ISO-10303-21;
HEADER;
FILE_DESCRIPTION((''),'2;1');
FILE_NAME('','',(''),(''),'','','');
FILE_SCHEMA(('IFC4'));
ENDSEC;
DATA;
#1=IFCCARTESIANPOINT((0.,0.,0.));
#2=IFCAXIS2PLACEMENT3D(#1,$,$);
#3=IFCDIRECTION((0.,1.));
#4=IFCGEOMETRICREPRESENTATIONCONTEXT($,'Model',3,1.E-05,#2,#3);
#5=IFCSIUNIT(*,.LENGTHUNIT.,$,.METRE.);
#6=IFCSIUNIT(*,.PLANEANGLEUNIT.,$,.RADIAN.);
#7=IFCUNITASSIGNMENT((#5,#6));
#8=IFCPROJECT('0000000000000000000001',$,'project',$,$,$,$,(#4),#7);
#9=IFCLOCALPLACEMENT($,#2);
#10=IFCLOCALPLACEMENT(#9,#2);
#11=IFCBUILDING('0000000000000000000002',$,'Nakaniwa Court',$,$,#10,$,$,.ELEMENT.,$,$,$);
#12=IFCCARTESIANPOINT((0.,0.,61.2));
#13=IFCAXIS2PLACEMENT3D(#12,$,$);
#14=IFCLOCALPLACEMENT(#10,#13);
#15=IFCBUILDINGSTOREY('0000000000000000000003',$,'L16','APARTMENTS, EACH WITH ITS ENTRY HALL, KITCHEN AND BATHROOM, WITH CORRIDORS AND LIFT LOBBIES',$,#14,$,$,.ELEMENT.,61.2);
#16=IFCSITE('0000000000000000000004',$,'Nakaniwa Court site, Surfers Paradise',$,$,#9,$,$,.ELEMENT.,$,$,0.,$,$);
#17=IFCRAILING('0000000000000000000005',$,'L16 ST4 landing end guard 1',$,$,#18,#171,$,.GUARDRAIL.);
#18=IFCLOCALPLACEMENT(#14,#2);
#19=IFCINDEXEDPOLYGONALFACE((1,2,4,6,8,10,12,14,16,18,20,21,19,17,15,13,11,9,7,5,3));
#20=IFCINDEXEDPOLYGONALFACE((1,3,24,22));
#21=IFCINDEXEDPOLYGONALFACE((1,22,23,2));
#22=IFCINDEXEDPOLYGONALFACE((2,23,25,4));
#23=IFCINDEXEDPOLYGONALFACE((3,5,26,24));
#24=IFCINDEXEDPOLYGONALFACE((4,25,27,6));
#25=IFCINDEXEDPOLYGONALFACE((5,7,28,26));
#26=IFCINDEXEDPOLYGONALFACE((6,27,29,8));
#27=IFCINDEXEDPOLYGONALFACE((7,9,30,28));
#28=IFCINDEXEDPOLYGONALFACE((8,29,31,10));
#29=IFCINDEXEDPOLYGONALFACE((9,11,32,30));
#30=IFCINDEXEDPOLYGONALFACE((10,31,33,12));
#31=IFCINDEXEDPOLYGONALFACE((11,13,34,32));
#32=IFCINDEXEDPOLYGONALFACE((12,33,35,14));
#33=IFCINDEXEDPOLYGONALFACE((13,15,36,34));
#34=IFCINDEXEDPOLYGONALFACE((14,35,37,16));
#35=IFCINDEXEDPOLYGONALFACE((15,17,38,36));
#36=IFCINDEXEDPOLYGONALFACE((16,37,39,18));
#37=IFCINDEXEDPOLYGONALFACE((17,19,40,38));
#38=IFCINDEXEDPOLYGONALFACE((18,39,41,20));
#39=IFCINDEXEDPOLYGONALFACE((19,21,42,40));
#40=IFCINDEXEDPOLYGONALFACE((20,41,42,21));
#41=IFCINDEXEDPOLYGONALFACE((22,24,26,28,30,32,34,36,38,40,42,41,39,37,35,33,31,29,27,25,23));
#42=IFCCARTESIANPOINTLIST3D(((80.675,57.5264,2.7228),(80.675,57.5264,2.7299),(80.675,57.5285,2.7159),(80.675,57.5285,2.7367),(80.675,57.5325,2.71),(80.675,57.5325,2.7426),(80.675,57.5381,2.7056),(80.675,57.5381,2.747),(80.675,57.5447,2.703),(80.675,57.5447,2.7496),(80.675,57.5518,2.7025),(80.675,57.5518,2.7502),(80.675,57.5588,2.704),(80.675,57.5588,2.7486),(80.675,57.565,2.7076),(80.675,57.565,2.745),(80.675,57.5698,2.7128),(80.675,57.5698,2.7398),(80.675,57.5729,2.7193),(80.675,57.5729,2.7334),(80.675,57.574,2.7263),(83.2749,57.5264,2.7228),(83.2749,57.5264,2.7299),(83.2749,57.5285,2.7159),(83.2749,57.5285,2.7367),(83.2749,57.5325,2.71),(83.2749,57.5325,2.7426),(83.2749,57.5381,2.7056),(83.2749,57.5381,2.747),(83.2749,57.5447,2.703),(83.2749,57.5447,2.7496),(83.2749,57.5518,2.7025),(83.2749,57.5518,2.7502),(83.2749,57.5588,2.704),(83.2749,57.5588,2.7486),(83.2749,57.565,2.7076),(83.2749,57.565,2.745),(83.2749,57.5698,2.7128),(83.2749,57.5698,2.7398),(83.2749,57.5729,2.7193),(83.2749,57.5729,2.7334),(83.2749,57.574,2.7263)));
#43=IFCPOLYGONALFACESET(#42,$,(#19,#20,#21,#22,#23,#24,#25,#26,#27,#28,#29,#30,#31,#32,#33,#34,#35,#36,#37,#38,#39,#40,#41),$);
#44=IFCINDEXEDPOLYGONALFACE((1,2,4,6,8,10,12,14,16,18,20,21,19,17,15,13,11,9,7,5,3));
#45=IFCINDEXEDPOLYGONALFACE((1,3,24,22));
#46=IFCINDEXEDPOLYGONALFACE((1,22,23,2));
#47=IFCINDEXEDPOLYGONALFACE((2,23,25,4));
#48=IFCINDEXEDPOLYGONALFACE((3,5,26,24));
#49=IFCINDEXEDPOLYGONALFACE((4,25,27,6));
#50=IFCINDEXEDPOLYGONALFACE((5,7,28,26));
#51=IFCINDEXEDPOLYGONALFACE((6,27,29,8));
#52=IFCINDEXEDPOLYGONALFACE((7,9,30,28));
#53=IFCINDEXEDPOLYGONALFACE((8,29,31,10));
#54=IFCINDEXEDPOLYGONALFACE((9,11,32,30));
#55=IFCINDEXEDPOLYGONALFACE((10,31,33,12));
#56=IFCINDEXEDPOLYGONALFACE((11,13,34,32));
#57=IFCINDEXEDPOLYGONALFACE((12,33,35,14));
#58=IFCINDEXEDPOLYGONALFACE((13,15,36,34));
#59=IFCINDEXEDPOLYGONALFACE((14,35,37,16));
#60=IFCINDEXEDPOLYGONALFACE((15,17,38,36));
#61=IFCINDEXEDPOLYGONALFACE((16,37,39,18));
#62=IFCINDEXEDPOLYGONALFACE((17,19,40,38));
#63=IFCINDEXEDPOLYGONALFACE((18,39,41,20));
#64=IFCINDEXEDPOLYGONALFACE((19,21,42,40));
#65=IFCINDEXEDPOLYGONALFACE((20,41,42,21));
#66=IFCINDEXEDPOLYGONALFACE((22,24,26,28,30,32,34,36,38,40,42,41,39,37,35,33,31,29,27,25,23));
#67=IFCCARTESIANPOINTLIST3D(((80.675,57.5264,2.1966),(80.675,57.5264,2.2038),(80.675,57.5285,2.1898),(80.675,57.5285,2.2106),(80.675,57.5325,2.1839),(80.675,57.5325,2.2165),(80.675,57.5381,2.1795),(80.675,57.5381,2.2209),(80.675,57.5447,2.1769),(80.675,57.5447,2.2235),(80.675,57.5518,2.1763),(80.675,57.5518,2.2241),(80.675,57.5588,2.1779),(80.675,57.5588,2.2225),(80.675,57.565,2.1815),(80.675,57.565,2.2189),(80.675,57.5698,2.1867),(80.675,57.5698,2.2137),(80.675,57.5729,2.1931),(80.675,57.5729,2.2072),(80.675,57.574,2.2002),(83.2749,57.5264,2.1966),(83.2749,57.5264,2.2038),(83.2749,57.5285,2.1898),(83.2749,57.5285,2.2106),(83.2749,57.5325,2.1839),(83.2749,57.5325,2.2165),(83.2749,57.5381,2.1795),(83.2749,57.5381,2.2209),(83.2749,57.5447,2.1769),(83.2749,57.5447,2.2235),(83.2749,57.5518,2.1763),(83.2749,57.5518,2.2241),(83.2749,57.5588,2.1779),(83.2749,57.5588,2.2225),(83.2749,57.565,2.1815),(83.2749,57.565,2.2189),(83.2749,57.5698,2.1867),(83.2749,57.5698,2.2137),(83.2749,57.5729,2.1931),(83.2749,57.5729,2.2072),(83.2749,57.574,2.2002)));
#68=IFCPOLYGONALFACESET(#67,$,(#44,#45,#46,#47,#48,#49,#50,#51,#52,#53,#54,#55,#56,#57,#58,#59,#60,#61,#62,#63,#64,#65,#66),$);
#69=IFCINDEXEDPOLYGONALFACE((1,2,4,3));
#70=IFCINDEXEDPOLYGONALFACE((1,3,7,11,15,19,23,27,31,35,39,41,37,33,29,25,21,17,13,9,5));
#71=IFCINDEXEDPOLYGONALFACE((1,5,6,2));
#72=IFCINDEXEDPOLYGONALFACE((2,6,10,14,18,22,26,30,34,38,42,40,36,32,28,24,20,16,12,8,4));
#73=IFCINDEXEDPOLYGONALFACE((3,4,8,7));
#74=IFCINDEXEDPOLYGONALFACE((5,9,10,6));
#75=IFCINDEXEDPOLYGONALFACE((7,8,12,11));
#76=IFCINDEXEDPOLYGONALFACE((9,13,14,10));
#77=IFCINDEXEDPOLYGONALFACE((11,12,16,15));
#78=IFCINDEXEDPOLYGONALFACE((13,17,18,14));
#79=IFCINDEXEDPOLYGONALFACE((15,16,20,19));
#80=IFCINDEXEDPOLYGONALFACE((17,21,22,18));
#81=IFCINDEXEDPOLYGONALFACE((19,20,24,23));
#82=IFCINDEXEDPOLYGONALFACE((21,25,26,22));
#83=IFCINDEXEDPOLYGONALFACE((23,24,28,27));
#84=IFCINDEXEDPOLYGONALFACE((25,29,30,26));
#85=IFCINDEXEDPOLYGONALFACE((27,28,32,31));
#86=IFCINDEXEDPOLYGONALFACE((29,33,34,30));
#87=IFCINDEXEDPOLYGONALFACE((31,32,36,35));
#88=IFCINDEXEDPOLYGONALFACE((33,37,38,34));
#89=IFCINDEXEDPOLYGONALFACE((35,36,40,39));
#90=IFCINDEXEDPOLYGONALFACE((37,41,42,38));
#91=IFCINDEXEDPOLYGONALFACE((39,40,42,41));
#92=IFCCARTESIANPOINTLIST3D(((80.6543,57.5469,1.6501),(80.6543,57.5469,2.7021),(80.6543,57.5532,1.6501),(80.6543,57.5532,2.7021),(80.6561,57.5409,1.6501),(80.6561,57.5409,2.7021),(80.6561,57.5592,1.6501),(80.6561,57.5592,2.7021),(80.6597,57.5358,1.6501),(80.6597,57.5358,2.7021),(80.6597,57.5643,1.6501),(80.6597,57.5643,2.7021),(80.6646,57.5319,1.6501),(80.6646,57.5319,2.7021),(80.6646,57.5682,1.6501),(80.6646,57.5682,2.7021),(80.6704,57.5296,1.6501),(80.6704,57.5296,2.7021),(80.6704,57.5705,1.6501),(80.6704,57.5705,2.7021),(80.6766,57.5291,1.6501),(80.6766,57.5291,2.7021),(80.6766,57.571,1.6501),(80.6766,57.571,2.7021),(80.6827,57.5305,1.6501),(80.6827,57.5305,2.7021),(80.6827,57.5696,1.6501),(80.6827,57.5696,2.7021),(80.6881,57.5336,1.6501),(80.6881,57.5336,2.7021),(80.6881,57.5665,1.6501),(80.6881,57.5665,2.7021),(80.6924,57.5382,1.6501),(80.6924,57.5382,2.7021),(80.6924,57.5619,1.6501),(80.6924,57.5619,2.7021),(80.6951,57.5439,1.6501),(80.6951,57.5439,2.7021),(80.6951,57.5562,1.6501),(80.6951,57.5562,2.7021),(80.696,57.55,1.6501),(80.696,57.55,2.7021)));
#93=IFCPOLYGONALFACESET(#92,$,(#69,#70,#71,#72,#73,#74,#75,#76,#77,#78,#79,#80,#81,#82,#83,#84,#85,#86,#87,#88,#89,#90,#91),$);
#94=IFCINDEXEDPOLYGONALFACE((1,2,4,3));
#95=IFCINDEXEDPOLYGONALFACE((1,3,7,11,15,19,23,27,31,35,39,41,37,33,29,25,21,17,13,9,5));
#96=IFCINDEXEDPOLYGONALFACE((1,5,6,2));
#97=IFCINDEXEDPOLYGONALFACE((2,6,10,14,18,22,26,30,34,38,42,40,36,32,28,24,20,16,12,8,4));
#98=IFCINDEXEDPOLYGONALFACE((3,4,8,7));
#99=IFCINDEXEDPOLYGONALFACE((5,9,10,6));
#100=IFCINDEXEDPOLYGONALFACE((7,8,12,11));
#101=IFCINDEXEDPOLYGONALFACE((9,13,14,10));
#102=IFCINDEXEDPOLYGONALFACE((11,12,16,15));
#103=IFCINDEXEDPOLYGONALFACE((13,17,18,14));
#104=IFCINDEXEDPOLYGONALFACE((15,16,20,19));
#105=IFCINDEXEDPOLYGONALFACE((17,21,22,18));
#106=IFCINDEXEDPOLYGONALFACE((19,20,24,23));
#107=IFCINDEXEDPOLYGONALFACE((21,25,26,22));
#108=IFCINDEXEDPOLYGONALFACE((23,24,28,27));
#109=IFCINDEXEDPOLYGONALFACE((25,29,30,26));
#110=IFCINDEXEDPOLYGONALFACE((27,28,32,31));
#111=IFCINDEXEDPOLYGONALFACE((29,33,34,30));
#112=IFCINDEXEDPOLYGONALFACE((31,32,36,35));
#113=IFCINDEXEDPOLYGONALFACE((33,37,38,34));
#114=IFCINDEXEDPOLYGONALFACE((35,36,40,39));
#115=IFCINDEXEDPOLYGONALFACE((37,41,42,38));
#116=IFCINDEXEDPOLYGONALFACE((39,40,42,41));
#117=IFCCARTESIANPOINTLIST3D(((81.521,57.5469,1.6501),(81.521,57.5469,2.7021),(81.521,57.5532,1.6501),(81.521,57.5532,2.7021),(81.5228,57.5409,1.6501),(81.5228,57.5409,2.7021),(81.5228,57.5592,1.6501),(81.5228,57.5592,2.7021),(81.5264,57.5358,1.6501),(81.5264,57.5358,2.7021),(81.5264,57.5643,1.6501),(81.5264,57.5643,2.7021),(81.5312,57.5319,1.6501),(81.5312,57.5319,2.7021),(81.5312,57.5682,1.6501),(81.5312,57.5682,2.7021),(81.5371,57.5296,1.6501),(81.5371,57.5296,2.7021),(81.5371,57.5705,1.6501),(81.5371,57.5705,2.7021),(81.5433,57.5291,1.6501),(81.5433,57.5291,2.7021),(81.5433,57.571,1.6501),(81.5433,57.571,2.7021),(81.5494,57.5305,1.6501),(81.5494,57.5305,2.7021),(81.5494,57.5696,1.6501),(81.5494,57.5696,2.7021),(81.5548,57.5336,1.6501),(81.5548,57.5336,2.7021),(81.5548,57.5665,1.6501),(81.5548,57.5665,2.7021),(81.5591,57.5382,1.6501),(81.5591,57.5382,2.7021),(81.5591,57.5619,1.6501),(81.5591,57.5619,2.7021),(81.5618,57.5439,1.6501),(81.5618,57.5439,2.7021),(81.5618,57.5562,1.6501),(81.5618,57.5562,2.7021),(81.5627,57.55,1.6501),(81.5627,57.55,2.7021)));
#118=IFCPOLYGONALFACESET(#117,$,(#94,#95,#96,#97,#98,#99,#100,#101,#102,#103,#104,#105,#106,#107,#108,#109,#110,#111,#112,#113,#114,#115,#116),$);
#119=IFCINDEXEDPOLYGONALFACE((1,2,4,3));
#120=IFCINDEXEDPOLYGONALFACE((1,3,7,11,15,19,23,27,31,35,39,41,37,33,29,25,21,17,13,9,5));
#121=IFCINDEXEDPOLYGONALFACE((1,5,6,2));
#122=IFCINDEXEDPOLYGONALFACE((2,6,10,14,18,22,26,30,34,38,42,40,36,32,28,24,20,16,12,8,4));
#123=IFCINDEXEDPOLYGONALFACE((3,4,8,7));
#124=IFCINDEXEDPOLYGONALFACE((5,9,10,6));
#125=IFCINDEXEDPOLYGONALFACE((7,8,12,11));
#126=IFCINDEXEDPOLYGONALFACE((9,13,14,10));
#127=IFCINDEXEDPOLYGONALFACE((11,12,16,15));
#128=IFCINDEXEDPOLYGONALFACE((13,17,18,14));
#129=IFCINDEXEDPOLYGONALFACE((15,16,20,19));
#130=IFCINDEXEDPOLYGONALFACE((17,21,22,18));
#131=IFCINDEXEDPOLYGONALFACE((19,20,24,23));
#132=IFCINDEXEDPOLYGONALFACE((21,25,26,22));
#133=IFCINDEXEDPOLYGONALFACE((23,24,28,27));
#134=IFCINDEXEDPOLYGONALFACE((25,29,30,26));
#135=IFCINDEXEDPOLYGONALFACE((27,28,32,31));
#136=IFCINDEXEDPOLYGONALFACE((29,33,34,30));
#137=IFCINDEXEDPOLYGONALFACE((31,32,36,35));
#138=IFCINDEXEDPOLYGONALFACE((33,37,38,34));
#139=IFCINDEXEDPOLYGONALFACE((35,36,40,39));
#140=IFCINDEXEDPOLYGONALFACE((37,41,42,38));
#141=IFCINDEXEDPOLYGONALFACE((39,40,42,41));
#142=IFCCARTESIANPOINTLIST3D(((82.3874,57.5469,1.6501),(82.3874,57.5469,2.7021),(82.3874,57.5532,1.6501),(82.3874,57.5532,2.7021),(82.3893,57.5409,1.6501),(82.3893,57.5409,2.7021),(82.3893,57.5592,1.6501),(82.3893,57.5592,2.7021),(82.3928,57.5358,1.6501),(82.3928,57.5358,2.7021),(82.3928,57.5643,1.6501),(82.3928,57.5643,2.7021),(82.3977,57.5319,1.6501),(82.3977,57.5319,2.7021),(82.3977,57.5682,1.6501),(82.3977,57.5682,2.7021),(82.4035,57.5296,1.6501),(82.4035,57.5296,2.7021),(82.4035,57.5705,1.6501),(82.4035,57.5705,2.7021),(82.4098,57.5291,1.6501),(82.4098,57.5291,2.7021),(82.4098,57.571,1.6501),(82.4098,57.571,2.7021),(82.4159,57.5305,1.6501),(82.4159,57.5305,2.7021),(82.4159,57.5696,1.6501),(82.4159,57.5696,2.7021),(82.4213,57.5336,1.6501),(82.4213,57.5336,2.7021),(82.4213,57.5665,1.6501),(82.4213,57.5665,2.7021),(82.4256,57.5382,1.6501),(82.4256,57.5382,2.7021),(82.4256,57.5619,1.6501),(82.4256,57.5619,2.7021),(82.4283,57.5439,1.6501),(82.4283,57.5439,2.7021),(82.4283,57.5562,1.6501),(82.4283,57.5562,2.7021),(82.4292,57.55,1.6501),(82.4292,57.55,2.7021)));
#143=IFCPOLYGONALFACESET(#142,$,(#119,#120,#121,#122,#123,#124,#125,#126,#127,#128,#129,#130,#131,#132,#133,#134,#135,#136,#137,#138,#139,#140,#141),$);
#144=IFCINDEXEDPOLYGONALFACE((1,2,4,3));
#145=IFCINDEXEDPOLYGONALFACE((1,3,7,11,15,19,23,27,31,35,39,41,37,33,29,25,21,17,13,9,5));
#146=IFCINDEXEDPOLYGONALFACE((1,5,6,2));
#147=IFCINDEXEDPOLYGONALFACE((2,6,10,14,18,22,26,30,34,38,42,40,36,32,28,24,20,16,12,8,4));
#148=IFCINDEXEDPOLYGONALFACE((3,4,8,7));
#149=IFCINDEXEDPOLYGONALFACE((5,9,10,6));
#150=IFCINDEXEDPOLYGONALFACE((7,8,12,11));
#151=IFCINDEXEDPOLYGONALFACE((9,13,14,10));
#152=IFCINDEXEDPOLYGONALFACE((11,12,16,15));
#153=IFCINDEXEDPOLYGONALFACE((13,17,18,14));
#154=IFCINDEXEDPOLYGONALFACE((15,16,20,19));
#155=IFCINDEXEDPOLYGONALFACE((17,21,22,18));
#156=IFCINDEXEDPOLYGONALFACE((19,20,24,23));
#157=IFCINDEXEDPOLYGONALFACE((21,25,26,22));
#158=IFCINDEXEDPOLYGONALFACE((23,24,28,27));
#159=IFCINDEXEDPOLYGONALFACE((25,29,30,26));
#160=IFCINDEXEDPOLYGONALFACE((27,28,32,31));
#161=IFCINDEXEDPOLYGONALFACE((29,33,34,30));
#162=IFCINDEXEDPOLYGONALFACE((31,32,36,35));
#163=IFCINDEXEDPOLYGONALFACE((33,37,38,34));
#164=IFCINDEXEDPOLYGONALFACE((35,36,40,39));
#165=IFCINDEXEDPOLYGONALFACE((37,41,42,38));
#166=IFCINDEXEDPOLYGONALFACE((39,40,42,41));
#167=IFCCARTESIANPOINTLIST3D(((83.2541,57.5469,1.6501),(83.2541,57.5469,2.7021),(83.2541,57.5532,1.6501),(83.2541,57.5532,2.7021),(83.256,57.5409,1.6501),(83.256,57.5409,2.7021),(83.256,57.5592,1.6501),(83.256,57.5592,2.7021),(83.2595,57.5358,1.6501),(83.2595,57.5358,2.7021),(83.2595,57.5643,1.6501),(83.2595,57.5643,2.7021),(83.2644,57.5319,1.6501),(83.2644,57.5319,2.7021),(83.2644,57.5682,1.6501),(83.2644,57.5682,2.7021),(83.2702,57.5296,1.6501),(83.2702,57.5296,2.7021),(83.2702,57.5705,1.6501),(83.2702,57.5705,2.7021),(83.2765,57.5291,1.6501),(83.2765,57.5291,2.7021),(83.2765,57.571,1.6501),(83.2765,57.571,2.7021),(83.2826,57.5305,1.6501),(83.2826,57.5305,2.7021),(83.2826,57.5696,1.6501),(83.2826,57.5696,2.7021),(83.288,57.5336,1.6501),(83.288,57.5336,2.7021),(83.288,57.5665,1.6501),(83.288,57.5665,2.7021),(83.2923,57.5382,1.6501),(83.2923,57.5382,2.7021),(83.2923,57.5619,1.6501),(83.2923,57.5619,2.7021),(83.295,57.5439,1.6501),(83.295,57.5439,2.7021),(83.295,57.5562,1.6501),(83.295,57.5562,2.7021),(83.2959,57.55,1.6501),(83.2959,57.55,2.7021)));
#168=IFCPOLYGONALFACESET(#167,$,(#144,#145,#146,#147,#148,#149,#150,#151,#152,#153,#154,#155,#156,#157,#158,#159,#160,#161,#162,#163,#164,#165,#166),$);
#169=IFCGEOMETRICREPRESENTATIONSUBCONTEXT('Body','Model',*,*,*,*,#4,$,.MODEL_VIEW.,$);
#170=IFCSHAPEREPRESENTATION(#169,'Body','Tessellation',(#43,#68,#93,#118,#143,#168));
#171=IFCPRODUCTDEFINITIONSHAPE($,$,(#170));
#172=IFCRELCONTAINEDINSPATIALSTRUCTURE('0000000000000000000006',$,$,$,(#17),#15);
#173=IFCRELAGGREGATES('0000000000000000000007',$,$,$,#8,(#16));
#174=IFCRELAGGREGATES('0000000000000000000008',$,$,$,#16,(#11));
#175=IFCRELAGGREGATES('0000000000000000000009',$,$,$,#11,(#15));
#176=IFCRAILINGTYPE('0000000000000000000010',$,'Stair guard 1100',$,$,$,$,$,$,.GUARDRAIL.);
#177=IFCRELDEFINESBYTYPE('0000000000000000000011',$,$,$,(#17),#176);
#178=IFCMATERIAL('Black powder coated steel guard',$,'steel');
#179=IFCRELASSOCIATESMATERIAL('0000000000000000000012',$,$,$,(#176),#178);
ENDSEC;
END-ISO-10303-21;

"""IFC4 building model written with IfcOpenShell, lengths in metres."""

from ifc_helpers import new_model, si_unit, direction, frame, origin, origin_2d, place, context, subcontext, project, spatial, circle, extrude, material, type_object, element, save


model = new_model("IFC4")

# Units and contexts
model_context = context("Model", 3, precision=1e-05, world=origin(), true_north=direction((0.0, 1.0)))
body_context = subcontext(model_context, "Body", "Model", "MODEL_VIEW")
ifc_project = project(units=[si_unit("LENGTHUNIT", "METRE"), si_unit("PLANEANGLEUNIT", "RADIAN")], contexts=[model_context])

# Site, building, storey
site_placement = place(None, origin())
site = spatial("IfcSite", under=ifc_project, at=site_placement, Name="Nakaniwa Court site, Surfers Paradise", CompositionType="ELEMENT", RefElevation=0.0)
building_placement = place(site_placement, origin())
building = spatial("IfcBuilding", under=site, at=building_placement, Name="Nakaniwa Court", CompositionType="ELEMENT")
storey_placement = place(building_placement, frame((0.0, 0.0, 61.2)))
storey = spatial("IfcBuildingStorey", under=building, at=storey_placement, Name="L16", Description="APARTMENTS, EACH WITH ITS ENTRY HALL, KITCHEN AND BATHROOM, WITH CORRIDORS AND LIFT LOBBIES", CompositionType="ELEMENT", Elevation=61.2)

# Railing
ifc_material_1 = material(Name="Black powder coated steel guard", Category="steel")
railing_type_1 = type_object("IfcRailingType", Name="Stair guard 1100", PredefinedType="GUARDRAIL", material=ifc_material_1)
railing_1_placement = place(storey_placement, frame((80.675, 57.55, 1.6501)))
element("IfcRailing", 1, at=railing_1_placement, inside=storey, type_object=railing_type_1, Name="L16 ST4 landing end guard 1", PredefinedType="GUARDRAIL", context=body_context, shape_type="SweptSolid", body=[
    extrude(circle(Radius=0.0239, at=origin_2d()), frame((0.0, 0.0, 1.0762), z_axis=(1.0, 0.0, 0.0), x_axis=(0.0, 1.0, 0.0)), (0.0, 0.0, 1.0), 2.5999),
    extrude(circle(Radius=0.0239, at=origin_2d()), frame((0.0, 0.0, 0.55), z_axis=(1.0, 0.0, 0.0), x_axis=(0.0, 1.0, 0.0)), (0.0, 0.0, 1.0), 2.5999),
    extrude(circle(Radius=0.021, at=origin_2d()), origin(), (0.0, 0.0, 1.0), 1.052),
    extrude(circle(Radius=0.021, at=origin_2d()), frame((0.8667, 0.0, 0.0)), (0.0, 0.0, 1.0), 1.052),
    extrude(circle(Radius=0.021, at=origin_2d()), frame((1.7332, 0.0, 0.0)), (0.0, 0.0, 1.0), 1.052),
    extrude(circle(Radius=0.021, at=origin_2d()), frame((2.5999, 0.0, 0.0)), (0.0, 0.0, 1.0), 1.052),
])

save(model, "model.ifc")
